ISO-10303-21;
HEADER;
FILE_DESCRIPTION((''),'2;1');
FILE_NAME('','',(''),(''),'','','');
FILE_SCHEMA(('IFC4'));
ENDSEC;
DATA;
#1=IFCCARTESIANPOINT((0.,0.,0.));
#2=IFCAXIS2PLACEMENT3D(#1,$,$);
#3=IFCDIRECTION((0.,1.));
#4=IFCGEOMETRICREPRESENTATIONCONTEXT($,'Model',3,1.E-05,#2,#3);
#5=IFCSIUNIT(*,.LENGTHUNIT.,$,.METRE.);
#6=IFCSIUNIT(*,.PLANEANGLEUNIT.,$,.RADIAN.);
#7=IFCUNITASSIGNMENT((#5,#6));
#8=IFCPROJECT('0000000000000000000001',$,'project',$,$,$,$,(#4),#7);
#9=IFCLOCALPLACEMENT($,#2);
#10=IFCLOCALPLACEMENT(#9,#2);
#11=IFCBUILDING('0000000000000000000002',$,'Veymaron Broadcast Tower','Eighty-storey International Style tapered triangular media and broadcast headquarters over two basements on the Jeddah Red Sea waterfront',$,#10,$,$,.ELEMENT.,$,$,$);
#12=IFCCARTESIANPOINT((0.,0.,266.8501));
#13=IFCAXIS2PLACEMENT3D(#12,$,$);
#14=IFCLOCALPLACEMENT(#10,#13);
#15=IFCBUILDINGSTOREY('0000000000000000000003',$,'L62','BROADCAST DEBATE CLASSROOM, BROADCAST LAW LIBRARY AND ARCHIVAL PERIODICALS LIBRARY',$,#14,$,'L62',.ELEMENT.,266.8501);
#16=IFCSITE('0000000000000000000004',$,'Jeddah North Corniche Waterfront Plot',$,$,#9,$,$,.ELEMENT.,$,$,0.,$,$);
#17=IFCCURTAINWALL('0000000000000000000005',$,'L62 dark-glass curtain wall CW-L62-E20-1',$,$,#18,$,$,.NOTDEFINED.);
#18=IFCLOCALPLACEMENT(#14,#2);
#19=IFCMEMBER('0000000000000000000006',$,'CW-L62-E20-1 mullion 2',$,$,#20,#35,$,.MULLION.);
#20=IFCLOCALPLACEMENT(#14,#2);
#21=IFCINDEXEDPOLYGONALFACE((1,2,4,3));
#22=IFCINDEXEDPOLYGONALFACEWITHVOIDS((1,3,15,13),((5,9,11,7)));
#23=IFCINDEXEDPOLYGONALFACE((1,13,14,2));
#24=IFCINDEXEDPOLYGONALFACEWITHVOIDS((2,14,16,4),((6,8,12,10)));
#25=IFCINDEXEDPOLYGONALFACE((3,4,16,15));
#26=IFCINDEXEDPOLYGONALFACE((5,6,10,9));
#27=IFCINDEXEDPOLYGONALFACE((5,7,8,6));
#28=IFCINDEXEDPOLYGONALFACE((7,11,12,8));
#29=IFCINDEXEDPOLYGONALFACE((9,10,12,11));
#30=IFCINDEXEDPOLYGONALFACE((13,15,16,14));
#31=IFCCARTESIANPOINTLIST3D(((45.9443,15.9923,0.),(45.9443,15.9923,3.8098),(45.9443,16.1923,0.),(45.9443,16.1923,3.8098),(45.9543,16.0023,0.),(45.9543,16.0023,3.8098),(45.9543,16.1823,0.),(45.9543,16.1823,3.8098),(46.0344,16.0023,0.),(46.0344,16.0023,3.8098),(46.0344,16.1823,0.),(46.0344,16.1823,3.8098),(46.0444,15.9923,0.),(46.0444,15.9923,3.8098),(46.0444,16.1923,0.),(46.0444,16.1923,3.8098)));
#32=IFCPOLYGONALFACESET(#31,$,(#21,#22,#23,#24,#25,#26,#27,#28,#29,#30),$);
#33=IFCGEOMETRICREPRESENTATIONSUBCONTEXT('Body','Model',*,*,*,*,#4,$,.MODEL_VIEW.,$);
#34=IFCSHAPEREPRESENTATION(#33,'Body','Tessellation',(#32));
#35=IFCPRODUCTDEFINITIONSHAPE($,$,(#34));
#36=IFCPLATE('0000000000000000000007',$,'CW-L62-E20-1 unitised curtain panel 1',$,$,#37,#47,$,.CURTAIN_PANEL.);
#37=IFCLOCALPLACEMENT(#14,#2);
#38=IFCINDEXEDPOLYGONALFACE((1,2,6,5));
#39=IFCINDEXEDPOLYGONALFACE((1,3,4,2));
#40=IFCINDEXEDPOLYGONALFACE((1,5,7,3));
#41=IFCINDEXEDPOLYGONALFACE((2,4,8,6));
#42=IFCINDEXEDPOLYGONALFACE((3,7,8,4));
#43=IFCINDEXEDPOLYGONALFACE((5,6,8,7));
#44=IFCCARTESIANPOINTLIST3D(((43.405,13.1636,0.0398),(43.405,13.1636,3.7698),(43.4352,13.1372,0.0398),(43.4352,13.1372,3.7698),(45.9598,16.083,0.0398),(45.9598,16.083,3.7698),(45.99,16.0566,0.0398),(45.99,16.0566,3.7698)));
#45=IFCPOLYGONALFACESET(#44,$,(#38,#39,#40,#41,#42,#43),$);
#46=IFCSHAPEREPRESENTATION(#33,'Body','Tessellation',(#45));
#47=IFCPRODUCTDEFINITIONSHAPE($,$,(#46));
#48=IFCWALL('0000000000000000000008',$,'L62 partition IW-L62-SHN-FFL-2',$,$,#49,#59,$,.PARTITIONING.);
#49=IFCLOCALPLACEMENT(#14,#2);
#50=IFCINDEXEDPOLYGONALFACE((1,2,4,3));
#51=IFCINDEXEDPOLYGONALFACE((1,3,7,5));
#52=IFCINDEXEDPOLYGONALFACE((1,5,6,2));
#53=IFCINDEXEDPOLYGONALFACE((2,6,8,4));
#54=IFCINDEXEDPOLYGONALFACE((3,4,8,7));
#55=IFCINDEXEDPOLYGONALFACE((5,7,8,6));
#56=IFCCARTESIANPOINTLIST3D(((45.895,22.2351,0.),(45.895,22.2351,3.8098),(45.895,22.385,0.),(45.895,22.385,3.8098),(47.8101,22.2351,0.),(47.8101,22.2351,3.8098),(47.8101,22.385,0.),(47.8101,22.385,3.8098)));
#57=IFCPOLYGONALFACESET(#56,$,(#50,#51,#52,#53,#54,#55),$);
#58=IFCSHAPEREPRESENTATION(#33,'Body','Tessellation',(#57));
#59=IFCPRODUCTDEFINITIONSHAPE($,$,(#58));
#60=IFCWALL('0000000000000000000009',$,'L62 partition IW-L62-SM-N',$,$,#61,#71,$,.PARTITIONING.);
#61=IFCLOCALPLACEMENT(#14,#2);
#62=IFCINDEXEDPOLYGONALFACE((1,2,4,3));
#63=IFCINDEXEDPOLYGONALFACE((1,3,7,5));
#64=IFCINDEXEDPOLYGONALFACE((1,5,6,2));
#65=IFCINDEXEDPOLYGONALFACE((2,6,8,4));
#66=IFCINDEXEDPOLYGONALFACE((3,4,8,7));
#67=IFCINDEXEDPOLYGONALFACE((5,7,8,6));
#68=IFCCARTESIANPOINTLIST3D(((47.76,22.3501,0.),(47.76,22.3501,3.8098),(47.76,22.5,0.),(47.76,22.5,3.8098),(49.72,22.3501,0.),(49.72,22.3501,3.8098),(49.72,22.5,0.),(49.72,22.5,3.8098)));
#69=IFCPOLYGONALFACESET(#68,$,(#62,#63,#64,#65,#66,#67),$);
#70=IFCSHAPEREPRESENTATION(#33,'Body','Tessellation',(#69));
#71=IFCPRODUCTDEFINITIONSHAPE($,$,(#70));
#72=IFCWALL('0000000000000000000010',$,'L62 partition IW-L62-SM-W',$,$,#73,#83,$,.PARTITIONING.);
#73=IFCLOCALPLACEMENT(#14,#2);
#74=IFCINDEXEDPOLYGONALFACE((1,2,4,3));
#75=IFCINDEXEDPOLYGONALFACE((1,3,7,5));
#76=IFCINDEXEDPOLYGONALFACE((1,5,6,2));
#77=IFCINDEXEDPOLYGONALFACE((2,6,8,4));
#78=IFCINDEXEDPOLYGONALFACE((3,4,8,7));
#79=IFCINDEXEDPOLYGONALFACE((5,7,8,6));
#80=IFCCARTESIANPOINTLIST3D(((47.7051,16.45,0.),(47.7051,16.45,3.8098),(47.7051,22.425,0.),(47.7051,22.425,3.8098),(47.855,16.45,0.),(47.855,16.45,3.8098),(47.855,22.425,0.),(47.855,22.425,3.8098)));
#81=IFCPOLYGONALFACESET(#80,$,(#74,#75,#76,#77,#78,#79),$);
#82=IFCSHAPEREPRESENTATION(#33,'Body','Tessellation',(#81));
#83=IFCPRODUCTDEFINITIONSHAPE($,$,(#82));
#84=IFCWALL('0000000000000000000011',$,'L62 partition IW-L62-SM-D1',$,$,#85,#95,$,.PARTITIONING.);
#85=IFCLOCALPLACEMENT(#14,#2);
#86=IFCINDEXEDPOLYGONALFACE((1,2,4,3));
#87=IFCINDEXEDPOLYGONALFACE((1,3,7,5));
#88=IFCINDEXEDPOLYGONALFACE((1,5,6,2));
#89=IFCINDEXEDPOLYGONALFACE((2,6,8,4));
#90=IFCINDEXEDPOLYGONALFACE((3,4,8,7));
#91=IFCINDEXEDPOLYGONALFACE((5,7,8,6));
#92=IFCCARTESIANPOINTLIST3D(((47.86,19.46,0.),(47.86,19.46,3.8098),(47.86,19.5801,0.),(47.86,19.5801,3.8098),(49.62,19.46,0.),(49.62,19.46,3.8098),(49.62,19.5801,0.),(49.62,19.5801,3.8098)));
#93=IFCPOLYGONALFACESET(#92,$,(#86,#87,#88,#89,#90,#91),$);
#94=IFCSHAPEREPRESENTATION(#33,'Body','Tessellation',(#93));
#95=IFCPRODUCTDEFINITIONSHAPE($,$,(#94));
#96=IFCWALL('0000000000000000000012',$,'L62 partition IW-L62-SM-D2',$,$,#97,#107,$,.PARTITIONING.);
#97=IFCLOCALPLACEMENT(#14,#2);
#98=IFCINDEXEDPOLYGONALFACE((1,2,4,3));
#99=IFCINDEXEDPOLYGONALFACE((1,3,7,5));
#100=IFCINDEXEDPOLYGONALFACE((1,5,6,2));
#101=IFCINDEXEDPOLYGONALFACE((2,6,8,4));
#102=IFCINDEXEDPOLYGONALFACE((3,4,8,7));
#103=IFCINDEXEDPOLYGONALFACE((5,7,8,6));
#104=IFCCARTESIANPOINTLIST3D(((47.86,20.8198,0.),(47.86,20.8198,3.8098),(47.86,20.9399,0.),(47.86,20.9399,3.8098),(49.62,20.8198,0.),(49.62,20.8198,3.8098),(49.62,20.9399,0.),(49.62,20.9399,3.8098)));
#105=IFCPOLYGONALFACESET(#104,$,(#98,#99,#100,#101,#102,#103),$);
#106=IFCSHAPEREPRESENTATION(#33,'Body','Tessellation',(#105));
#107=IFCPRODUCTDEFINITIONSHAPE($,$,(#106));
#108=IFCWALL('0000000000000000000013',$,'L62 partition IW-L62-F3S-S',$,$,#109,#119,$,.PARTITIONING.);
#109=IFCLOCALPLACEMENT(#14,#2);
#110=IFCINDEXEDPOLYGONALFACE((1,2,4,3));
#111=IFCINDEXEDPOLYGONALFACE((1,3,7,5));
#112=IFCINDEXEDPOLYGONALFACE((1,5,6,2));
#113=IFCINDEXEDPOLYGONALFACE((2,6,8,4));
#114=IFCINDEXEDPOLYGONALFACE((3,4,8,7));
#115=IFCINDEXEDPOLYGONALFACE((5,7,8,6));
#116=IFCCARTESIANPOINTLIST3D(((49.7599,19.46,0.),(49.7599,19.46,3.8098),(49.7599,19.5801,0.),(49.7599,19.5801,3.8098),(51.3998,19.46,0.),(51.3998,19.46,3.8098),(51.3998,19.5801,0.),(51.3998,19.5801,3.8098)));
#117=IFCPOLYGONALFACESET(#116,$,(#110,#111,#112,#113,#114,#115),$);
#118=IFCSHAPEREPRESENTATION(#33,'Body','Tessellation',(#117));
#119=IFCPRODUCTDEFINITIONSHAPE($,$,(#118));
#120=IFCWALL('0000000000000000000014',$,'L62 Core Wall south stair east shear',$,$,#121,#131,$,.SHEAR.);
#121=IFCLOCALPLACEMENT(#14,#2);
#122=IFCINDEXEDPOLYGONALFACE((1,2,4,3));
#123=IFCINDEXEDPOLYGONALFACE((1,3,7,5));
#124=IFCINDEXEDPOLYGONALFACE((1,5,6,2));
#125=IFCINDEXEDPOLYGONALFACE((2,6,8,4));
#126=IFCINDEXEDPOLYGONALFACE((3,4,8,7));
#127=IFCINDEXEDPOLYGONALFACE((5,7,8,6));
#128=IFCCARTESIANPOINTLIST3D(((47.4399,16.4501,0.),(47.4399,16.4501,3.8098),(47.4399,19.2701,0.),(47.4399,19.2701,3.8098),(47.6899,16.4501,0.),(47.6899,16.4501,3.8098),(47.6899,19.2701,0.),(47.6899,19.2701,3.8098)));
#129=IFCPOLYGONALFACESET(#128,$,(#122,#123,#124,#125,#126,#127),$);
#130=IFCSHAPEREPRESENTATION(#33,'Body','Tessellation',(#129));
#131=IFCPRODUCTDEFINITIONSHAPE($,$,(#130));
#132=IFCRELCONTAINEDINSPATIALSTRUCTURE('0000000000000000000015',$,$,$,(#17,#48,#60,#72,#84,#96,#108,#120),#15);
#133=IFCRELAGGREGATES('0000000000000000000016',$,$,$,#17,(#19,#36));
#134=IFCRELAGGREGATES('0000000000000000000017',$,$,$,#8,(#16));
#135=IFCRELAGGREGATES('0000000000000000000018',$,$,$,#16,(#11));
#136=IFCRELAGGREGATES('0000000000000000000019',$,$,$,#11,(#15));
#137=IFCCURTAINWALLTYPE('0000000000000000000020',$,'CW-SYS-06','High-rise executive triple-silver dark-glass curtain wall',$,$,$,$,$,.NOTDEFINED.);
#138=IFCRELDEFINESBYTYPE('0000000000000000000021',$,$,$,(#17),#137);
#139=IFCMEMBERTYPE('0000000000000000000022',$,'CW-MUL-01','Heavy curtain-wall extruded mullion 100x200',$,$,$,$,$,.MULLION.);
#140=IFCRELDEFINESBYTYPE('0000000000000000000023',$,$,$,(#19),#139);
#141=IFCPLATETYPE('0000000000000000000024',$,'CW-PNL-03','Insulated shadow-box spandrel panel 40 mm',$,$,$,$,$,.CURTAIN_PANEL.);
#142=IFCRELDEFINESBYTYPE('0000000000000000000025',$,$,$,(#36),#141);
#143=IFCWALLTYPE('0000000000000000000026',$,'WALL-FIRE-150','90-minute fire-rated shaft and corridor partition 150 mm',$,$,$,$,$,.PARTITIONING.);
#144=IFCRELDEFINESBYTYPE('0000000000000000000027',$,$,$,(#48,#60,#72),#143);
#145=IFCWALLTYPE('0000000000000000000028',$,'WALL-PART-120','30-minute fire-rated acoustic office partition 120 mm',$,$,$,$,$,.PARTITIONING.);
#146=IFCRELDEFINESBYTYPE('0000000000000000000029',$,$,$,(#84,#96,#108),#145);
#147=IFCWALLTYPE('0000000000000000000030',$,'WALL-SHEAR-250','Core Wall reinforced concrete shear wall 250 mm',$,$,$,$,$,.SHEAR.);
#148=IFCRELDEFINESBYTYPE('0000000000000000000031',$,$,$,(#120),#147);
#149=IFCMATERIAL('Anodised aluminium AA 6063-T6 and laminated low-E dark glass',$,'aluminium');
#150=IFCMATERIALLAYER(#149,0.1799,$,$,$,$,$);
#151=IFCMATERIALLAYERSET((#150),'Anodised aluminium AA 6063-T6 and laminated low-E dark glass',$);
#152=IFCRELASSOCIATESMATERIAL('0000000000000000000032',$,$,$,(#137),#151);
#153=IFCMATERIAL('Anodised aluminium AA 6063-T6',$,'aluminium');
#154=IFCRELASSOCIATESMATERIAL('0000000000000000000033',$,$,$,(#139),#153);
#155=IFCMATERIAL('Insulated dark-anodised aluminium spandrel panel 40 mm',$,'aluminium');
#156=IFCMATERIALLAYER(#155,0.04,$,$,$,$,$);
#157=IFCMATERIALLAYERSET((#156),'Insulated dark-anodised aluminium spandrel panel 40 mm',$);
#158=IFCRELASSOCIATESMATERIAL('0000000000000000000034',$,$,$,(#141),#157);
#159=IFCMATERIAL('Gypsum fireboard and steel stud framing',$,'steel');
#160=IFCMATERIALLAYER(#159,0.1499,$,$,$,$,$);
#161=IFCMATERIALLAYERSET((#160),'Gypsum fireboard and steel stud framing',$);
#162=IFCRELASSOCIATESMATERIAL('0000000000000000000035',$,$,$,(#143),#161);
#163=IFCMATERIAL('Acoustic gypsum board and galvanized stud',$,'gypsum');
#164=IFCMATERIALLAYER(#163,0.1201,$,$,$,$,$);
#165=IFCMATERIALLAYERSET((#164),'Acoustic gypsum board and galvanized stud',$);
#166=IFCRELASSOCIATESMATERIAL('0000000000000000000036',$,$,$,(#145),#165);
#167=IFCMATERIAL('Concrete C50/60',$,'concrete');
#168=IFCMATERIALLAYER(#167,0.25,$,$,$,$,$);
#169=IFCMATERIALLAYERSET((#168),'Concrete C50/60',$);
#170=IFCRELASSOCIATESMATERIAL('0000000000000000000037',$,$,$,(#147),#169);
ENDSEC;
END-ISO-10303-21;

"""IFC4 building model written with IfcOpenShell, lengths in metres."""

from ifc_helpers import new_model, si_unit, direction, frame, frame_2d, origin, origin_2d, place, context, subcontext, project, spatial, rectangle, hollow_rectangle, extrude, material, layer, layer_set, material_profile, profile_set, type_object, element, aggregate, save


model = new_model("IFC4")

# Units and contexts
model_context = context("Model", 3, precision=1e-05, world=origin(), true_north=direction((0.0, 1.0)))
body_context = subcontext(model_context, "Body", "Model", "MODEL_VIEW")
ifc_project = project(units=[si_unit("LENGTHUNIT", "METRE"), si_unit("PLANEANGLEUNIT", "RADIAN")], contexts=[model_context])

# Site, building, storey
site_placement = place(None, origin())
site = spatial("IfcSite", under=ifc_project, at=site_placement, Name="Jeddah North Corniche Waterfront Plot", CompositionType="ELEMENT", RefElevation=0.0)
building_placement = place(site_placement, origin())
building = spatial("IfcBuilding", under=site, at=building_placement, Name="Veymaron Broadcast Tower", Description="Eighty-storey International Style tapered triangular media and broadcast headquarters over two basements on the Jeddah Red Sea waterfront", CompositionType="ELEMENT")
storey_placement = place(building_placement, frame((0.0, 0.0, 266.8501)))
storey = spatial("IfcBuildingStorey", under=building, at=storey_placement, Name="L62", Description="BROADCAST DEBATE CLASSROOM, BROADCAST LAW LIBRARY AND ARCHIVAL PERIODICALS LIBRARY", LongName="L62", CompositionType="ELEMENT", Elevation=266.8501)

# Curtain wall, member, plate
ifc_material_1 = material(Name="Anodised aluminium AA 6063-T6 and laminated low-E dark glass", Category="aluminium")
ifc_layer_1 = layer(ifc_material_1, 0.1799)
ifc_layer_set_1 = layer_set([ifc_layer_1], Name="Anodised aluminium AA 6063-T6 and laminated low-E dark glass")
curtain_wall_type = type_object("IfcCurtainWallType", Name="CW-SYS-06", Description="High-rise executive triple-silver dark-glass curtain wall", PredefinedType="NOTDEFINED", material=ifc_layer_set_1)
curtain_wall_placement = place(storey_placement, origin())
curtain_wall = element("IfcCurtainWall", 1, at=curtain_wall_placement, inside=storey, type_object=curtain_wall_type, Name="L62 dark-glass curtain wall CW-L62-E20-1", PredefinedType="NOTDEFINED")
ifc_material_2 = material(Name="Anodised aluminium AA 6063-T6", Category="aluminium")
ifc_material_profile = material_profile(ifc_material_2, hollow_rectangle(XDim=0.1001, YDim=0.2, WallThickness=0.01, at=origin_2d()), Name="RHS200X100X10")
ifc_profile_set = profile_set([ifc_material_profile], Name="Anodised aluminium AA 6063-T6")
member_type = type_object("IfcMemberType", Name="CW-MUL-01", Description="Heavy curtain-wall extruded mullion 100x200", PredefinedType="MULLION", material=ifc_profile_set)
member_placement = place(storey_placement, frame((45.9944, 16.0923, 0.0), z_axis=(0.0, 0.0, 1.0), x_axis=(1.0, 0.0, 0.0)))
member = element("IfcMember", 2, at=member_placement, type_object=member_type, Name="CW-L62-E20-1 mullion 2", PredefinedType="MULLION", context=body_context, shape_type="SweptSolid", body=[
    extrude(hollow_rectangle(XDim=0.1001, YDim=0.2, WallThickness=0.01, at=origin_2d()), origin(), (0.0, 0.0, 1.0), 3.8098),
])
ifc_material_3 = material(Name="Insulated dark-anodised aluminium spandrel panel 40 mm", Category="aluminium")
ifc_layer_2 = layer(ifc_material_3, 0.04)
ifc_layer_set_2 = layer_set([ifc_layer_2], Name="Insulated dark-anodised aluminium spandrel panel 40 mm")
plate_type = type_object("IfcPlateType", Name="CW-PNL-03", Description="Insulated shadow-box spandrel panel 40 mm", PredefinedType="CURTAIN_PANEL", material=ifc_layer_set_2)
plate_placement = place(storey_placement, frame((44.6975, 14.6101, 0.0398), z_axis=(0.0, 0.0, 1.0), x_axis=(0.658558, 0.75253, 0.0)))
plate = element("IfcPlate", 3, at=plate_placement, type_object=plate_type, Name="CW-L62-E20-1 unitised curtain panel 1", PredefinedType="CURTAIN_PANEL", context=body_context, shape_type="SweptSolid", body=[
    extrude(rectangle(XDim=3.8794, YDim=0.04, at=origin_2d()), origin(), (0.0, 0.0, 1.0), 3.73),
])
aggregate(curtain_wall, [member, plate])

# Shared definitions
ifc_material_4 = material(Name="Gypsum fireboard and steel stud framing", Category="steel")
ifc_layer_3 = layer(ifc_material_4, 0.1499)
ifc_layer_set_3 = layer_set([ifc_layer_3], Name="Gypsum fireboard and steel stud framing")
wall_type_1 = type_object("IfcWallType", Name="WALL-FIRE-150", Description="90-minute fire-rated shaft and corridor partition 150 mm", PredefinedType="PARTITIONING", material=ifc_layer_set_3)

# Wall
wall_1_placement = place(storey_placement, frame((45.895, 22.3101, 0.0), z_axis=(0.0, 0.0, 1.0), x_axis=(1.0, 0.0, 0.0)))
element("IfcWall", 4, at=wall_1_placement, inside=storey, type_object=wall_type_1, Name="L62 partition IW-L62-SHN-FFL-2", PredefinedType="PARTITIONING", context=body_context, shape_type="SweptSolid", body=[
    extrude(rectangle(XDim=1.915, YDim=0.1499, at=frame_2d((0.9575, 0.0))), origin(), (0.0, 0.0, 1.0), 3.8098),
])

# Walls
wall_2_placement = place(storey_placement, frame((47.76, 22.425, 0.0), z_axis=(0.0, 0.0, 1.0), x_axis=(1.0, 0.0, 0.0)))
element("IfcWall", 5, at=wall_2_placement, inside=storey, type_object=wall_type_1, Name="L62 partition IW-L62-SM-N", PredefinedType="PARTITIONING", context=body_context, shape_type="SweptSolid", body=[
    extrude(rectangle(XDim=1.96, YDim=0.1499, at=frame_2d((0.98, 0.0))), origin(), (0.0, 0.0, 1.0), 3.8098),
])
wall_3_placement = place(storey_placement, frame((47.78, 16.45, 0.0), z_axis=(0.0, 0.0, 1.0), x_axis=(0.0, 1.0, 0.0)))
element("IfcWall", 6, at=wall_3_placement, inside=storey, type_object=wall_type_1, Name="L62 partition IW-L62-SM-W", PredefinedType="PARTITIONING", context=body_context, shape_type="SweptSolid", body=[
    extrude(rectangle(XDim=5.9751, YDim=0.1499, at=frame_2d((2.9875, 0.0))), origin(), (0.0, 0.0, 1.0), 3.8098),
])
ifc_material_5 = material(Name="Acoustic gypsum board and galvanized stud", Category="gypsum")
ifc_layer_4 = layer(ifc_material_5, 0.1201)
ifc_layer_set_4 = layer_set([ifc_layer_4], Name="Acoustic gypsum board and galvanized stud")
wall_type_2 = type_object("IfcWallType", Name="WALL-PART-120", Description="30-minute fire-rated acoustic office partition 120 mm", PredefinedType="PARTITIONING", material=ifc_layer_set_4)
for number, where, z_axis, x_axis, name in (
    (7, (47.8601, 19.52, 0.0), (0.0, 0.0, 1.0), (1.0, 0.0, 0.0), "L62 partition IW-L62-SM-D1"),
    (8, (47.8601, 20.8799, 0.0), (0.0, 0.0, 1.0), (1.0, 0.0, 0.0), "L62 partition IW-L62-SM-D2"),
):
    element("IfcWall", number, at=place(storey_placement, frame(where, z_axis=z_axis, x_axis=x_axis)), inside=storey, type_object=wall_type_2, Name=name, PredefinedType="PARTITIONING", context=body_context, shape_type="SweptSolid", body=[
        extrude(rectangle(XDim=1.76, YDim=0.1201, at=frame_2d((0.8799, 0.0))), origin(), (0.0, 0.0, 1.0), 3.8098),
    ])

# Walls
wall_4_placement = place(storey_placement, frame((49.76, 19.52, 0.0), z_axis=(0.0, 0.0, 1.0), x_axis=(1.0, 0.0, 0.0)))
element("IfcWall", 9, at=wall_4_placement, inside=storey, type_object=wall_type_2, Name="L62 partition IW-L62-F3S-S", PredefinedType="PARTITIONING", context=body_context, shape_type="SweptSolid", body=[
    extrude(rectangle(XDim=1.6399, YDim=0.1201, at=frame_2d((0.8198, 0.0))), origin(), (0.0, 0.0, 1.0), 3.8098),
])
ifc_material_6 = material(Name="Concrete C50/60", Category="concrete")
ifc_layer_5 = layer(ifc_material_6, 0.25)
ifc_layer_set_5 = layer_set([ifc_layer_5], Name="Concrete C50/60")
wall_type_3 = type_object("IfcWallType", Name="WALL-SHEAR-250", Description="Core Wall reinforced concrete shear wall 250 mm", PredefinedType="SHEAR", material=ifc_layer_set_5)
wall_5_placement = place(storey_placement, frame((47.5649, 16.45, 0.0), z_axis=(0.0, 0.0, 1.0), x_axis=(0.0, 1.0, 0.0)))
element("IfcWall", 10, at=wall_5_placement, inside=storey, type_object=wall_type_3, Name="L62 Core Wall south stair east shear", PredefinedType="SHEAR", context=body_context, shape_type="SweptSolid", body=[
    extrude(rectangle(XDim=2.8201, YDim=0.25, at=frame_2d((1.4102, 0.0))), origin(), (0.0, 0.0, 1.0), 3.8098),
])

save(model, "model.ifc")
